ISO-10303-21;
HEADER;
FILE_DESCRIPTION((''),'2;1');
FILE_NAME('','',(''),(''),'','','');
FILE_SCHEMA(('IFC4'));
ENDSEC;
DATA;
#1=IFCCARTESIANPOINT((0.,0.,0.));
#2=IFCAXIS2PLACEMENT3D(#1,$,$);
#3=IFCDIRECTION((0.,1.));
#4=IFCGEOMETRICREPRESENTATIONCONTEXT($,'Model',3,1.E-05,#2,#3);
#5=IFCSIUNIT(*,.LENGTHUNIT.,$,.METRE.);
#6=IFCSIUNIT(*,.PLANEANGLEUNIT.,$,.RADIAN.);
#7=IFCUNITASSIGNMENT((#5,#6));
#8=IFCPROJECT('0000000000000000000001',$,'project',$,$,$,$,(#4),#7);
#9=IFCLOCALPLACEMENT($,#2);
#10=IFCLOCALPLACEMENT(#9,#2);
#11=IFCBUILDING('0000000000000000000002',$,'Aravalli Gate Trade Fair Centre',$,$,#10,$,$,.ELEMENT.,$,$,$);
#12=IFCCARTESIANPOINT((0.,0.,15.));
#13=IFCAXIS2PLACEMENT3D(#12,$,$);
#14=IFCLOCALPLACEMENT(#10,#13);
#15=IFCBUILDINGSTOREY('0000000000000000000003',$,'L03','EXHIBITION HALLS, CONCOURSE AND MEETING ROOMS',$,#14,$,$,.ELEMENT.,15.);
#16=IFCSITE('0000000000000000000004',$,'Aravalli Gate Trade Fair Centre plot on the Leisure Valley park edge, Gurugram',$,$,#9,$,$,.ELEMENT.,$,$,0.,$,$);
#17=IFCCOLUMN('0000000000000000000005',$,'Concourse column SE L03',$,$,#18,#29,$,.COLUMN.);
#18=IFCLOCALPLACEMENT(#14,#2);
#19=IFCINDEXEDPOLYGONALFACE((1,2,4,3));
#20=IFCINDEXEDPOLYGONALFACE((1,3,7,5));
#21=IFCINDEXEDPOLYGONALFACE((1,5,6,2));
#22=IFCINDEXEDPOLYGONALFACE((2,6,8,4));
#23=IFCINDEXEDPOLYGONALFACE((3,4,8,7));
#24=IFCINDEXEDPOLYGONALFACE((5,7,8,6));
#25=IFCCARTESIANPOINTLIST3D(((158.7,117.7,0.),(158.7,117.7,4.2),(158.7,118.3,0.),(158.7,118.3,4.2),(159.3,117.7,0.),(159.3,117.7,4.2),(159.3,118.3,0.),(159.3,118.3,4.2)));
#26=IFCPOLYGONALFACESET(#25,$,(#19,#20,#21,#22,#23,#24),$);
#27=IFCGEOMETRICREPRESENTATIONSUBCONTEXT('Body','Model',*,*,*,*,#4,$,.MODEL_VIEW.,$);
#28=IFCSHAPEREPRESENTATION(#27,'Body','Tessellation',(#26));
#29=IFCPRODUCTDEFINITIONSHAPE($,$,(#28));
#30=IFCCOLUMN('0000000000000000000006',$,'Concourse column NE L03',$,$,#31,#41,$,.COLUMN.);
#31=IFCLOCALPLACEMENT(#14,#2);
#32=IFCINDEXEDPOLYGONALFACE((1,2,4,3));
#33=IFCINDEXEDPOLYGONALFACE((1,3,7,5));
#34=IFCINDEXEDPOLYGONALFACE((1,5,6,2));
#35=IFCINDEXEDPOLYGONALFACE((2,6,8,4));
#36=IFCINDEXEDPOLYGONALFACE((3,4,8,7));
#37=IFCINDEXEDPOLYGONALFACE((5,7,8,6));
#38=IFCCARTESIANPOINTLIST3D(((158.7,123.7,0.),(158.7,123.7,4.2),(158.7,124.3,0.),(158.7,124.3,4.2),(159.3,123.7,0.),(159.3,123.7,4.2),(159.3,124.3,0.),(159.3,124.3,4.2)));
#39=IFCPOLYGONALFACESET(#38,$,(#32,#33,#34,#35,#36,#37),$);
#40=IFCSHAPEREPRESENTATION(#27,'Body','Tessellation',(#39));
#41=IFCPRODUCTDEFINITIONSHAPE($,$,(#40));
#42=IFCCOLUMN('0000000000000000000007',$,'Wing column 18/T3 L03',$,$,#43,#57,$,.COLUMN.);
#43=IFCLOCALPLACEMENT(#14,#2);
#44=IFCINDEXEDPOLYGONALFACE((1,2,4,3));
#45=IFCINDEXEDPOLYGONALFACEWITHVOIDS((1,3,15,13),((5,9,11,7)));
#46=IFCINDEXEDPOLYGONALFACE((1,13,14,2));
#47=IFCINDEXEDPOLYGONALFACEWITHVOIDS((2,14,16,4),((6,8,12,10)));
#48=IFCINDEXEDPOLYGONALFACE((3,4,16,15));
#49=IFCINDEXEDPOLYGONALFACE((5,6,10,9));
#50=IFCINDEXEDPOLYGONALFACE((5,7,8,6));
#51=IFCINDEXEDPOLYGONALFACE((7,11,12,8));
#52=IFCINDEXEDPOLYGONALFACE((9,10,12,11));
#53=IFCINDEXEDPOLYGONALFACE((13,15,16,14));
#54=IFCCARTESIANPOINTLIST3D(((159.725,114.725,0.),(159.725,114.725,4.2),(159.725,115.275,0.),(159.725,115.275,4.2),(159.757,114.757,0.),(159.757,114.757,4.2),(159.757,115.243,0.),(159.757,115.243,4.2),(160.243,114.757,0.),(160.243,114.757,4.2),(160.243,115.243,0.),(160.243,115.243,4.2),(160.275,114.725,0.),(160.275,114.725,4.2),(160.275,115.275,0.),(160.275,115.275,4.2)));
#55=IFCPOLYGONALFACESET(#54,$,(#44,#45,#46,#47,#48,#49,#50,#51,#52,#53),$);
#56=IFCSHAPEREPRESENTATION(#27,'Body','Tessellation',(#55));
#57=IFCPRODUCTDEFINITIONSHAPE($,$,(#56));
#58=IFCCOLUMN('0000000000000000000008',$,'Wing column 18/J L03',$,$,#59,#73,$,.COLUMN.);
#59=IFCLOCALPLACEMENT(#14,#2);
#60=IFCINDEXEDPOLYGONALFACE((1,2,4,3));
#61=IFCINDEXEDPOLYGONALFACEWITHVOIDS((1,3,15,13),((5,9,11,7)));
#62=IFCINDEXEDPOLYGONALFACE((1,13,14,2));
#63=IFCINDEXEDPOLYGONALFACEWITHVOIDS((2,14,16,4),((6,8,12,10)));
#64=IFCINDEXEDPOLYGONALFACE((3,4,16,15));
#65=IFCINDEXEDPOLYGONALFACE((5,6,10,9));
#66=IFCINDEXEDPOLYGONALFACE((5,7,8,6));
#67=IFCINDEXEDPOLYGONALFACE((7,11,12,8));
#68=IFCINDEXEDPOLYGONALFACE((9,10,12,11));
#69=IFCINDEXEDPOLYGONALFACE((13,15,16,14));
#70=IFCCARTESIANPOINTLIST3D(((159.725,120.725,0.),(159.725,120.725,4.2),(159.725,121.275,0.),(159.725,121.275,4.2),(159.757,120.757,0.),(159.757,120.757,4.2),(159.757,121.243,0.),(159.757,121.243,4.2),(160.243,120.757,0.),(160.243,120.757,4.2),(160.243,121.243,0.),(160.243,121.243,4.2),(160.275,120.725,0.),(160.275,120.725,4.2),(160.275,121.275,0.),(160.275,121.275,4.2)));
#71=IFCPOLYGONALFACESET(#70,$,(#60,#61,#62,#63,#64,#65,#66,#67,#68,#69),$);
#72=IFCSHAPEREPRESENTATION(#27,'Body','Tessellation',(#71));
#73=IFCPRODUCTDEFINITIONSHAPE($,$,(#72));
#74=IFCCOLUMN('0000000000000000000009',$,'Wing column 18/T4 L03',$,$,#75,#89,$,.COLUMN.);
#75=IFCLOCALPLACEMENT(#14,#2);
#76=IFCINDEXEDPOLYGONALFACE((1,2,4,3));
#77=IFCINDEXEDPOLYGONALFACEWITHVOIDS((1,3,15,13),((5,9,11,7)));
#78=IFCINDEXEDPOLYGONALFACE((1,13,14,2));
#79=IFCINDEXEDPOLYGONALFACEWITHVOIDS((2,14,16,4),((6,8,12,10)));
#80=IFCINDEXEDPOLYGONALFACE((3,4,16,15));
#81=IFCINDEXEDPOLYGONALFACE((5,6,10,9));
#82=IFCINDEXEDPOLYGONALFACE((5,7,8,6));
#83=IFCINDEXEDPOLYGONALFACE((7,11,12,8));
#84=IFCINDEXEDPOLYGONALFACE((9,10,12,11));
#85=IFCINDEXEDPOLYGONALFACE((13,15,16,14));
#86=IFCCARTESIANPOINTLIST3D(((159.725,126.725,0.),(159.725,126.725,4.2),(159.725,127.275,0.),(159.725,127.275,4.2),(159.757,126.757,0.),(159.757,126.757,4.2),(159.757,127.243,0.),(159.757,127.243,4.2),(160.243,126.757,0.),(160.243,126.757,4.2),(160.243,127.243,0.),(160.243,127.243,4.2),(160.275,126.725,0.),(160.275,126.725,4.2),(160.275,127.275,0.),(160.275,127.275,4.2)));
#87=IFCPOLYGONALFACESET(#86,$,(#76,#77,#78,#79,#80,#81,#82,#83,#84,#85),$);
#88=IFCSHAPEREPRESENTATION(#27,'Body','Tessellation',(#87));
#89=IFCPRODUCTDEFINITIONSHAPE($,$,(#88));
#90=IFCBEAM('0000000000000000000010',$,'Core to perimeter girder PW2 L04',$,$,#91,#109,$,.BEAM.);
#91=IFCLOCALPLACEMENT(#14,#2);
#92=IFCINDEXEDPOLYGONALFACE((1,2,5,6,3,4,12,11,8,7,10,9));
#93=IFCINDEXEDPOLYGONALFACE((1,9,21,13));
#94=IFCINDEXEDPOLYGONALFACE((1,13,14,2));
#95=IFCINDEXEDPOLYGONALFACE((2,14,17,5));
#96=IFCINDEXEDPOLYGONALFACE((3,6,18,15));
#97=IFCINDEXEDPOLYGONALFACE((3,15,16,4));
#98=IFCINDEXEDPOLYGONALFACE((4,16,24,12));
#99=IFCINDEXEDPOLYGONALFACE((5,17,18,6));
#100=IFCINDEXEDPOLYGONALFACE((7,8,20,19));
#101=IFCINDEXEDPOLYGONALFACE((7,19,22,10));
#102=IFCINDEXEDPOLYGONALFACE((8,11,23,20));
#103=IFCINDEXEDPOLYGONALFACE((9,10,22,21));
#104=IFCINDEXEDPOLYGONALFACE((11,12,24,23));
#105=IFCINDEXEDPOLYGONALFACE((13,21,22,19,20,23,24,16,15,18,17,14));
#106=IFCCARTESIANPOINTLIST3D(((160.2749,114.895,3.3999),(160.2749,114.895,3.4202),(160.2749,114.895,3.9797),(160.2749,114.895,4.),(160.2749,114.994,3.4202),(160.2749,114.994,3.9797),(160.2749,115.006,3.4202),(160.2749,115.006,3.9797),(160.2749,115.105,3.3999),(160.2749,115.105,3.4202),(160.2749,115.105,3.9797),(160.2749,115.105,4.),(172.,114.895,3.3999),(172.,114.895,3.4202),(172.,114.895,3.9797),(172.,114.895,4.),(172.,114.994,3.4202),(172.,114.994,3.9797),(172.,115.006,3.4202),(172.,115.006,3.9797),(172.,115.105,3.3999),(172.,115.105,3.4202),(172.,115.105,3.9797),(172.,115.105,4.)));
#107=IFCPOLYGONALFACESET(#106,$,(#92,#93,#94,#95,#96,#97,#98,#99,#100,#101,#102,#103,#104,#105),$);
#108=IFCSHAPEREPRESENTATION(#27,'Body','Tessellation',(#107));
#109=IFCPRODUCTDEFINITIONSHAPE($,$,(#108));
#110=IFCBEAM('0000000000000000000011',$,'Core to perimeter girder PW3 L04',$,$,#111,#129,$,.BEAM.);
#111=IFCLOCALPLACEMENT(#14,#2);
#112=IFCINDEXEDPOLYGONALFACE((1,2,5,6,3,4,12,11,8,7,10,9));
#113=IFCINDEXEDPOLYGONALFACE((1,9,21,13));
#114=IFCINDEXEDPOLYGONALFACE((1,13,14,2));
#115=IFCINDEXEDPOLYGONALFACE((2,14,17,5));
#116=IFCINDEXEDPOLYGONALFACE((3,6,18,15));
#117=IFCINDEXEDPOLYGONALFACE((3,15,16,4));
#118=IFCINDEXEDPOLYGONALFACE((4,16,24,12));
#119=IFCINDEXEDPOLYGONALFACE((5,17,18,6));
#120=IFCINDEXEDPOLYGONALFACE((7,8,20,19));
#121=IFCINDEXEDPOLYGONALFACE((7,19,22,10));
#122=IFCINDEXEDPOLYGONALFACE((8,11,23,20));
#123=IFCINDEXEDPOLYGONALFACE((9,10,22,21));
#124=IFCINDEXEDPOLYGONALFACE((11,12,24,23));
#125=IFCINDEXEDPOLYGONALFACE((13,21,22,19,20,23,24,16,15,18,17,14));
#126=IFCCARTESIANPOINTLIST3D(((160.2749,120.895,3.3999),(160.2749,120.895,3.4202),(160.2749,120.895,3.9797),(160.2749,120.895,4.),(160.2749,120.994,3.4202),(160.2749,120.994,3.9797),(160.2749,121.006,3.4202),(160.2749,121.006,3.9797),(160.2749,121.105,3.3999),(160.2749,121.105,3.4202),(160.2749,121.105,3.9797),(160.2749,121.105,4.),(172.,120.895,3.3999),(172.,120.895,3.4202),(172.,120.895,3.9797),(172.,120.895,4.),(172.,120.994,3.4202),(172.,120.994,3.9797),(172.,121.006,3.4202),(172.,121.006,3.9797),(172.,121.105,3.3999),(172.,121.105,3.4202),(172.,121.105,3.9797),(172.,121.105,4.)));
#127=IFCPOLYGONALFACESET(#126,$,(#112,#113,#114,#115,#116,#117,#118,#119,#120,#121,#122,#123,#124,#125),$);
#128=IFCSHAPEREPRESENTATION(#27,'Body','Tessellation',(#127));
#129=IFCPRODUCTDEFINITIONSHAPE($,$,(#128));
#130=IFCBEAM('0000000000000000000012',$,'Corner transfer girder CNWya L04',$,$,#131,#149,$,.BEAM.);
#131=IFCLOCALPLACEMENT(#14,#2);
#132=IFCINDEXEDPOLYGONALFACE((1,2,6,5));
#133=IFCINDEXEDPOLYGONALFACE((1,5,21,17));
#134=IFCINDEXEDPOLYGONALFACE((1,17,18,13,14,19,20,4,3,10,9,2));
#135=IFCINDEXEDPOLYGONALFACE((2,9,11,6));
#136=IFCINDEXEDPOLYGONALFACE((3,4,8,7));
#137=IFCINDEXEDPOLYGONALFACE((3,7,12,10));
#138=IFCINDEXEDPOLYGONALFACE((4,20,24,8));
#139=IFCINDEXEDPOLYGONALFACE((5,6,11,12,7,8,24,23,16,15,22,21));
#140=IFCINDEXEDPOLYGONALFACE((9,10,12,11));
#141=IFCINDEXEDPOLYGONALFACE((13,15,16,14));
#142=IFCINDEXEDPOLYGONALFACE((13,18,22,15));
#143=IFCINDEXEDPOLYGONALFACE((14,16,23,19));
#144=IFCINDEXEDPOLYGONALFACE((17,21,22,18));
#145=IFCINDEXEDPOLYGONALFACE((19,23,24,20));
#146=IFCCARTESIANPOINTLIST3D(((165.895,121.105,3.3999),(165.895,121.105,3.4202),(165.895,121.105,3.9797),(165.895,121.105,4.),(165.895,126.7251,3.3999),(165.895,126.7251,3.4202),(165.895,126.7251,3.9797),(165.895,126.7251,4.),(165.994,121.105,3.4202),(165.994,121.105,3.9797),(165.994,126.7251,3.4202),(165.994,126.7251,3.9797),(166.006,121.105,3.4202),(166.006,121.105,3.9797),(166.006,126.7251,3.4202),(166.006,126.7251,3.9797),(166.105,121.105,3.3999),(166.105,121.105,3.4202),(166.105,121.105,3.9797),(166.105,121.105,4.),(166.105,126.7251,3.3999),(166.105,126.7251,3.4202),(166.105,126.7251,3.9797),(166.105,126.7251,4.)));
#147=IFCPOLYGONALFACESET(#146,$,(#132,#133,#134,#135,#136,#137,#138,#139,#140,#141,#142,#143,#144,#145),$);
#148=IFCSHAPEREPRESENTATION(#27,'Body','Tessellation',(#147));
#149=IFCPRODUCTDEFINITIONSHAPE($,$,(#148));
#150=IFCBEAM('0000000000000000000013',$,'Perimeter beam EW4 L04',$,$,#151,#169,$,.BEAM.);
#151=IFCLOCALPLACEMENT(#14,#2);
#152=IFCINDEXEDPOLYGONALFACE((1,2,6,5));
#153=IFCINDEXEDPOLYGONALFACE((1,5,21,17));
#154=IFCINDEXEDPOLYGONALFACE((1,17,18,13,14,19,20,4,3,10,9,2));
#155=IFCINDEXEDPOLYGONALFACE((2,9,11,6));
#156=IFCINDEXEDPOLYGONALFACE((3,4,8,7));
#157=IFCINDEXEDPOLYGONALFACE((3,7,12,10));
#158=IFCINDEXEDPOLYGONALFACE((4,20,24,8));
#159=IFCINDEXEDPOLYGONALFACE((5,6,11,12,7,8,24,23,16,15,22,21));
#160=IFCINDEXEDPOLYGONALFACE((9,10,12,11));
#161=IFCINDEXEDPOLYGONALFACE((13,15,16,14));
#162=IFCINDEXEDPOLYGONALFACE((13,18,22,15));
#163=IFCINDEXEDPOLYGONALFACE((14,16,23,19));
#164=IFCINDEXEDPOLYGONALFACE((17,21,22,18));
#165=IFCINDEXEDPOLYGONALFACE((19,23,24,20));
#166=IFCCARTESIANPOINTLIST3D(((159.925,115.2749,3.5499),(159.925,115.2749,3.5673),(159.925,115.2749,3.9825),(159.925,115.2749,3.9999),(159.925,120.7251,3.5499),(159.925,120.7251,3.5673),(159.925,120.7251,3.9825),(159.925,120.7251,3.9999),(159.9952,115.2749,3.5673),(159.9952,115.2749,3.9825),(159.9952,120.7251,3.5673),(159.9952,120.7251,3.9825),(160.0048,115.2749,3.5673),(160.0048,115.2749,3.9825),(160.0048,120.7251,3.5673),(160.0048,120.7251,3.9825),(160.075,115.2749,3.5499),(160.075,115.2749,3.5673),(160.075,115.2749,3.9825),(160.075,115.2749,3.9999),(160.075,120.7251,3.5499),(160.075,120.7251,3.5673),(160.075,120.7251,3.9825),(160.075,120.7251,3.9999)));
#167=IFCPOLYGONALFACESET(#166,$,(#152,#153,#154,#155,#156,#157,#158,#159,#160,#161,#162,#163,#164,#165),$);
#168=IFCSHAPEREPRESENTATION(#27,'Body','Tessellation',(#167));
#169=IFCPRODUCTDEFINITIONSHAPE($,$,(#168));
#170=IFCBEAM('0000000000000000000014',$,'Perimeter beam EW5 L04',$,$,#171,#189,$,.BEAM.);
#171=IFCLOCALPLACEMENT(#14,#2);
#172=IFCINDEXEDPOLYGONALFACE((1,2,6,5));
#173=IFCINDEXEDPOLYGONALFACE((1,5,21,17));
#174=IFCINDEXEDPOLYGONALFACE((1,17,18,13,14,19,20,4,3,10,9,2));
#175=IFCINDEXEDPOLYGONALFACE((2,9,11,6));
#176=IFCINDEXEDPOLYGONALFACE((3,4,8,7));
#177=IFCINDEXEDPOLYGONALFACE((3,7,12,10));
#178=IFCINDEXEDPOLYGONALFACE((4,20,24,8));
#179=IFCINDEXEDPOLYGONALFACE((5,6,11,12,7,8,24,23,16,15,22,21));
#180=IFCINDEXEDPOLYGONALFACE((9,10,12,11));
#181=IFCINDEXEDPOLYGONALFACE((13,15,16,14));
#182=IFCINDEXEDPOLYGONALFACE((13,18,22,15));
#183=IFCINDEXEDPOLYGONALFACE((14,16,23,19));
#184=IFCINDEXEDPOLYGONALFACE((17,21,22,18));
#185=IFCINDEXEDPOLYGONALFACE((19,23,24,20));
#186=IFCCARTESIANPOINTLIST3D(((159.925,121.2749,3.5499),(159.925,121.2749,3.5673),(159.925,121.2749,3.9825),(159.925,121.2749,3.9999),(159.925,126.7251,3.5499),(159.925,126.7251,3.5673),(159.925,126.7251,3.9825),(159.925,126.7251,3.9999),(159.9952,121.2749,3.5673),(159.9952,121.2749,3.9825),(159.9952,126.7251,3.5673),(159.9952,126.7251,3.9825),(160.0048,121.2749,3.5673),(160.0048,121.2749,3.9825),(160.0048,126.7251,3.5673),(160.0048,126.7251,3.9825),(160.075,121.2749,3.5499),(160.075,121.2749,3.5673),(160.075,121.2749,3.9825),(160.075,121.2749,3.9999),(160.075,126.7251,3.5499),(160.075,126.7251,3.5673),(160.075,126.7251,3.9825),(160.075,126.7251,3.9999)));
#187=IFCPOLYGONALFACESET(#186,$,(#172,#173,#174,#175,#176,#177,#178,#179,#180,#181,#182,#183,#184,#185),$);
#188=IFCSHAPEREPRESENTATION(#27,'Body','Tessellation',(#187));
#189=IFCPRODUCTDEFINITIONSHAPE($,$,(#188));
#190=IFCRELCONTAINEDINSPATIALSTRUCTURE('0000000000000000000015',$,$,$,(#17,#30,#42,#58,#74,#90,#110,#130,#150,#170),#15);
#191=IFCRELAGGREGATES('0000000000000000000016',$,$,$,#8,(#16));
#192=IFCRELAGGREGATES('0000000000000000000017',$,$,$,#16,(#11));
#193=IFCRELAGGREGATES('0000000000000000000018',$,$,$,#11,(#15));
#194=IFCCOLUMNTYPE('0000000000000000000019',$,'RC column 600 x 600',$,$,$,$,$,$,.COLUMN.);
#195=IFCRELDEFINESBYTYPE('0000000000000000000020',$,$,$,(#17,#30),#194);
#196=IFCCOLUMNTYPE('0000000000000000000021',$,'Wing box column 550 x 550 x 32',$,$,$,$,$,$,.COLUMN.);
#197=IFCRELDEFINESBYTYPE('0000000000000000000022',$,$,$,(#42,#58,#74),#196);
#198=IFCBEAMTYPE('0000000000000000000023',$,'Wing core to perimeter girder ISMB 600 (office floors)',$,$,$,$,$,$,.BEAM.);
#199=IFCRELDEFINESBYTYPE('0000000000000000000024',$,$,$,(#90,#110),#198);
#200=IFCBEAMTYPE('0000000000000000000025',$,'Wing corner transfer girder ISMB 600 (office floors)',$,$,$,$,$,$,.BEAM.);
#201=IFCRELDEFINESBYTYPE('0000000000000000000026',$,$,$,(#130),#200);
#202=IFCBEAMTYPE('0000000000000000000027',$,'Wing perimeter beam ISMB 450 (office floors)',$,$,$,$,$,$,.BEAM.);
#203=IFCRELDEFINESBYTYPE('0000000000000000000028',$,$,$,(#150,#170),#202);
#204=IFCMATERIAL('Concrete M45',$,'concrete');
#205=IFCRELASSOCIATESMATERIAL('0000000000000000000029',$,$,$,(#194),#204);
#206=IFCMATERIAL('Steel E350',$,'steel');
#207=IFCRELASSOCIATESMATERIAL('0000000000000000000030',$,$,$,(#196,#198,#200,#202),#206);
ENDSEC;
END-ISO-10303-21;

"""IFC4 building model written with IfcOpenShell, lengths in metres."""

from ifc_helpers import new_model, si_unit, direction, frame, origin, origin_2d, place, context, subcontext, project, spatial, rectangle, hollow_rectangle, i_section, extrude, material, material_profile, profile_set, type_object, element, save


model = new_model("IFC4")

# Units and contexts
model_context = context("Model", 3, precision=1e-05, world=origin(), true_north=direction((0.0, 1.0)))
body_context = subcontext(model_context, "Body", "Model", "MODEL_VIEW")
ifc_project = project(units=[si_unit("LENGTHUNIT", "METRE"), si_unit("PLANEANGLEUNIT", "RADIAN")], contexts=[model_context])

# Site, building, storey
site_placement = place(None, origin())
site = spatial("IfcSite", under=ifc_project, at=site_placement, Name="Aravalli Gate Trade Fair Centre plot on the Leisure Valley park edge, Gurugram", CompositionType="ELEMENT", RefElevation=0.0)
building_placement = place(site_placement, origin())
building = spatial("IfcBuilding", under=site, at=building_placement, Name="Aravalli Gate Trade Fair Centre", CompositionType="ELEMENT")
storey_placement = place(building_placement, frame((0.0, 0.0, 15.0)))
storey = spatial("IfcBuildingStorey", under=building, at=storey_placement, Name="L03", Description="EXHIBITION HALLS, CONCOURSE AND MEETING ROOMS", CompositionType="ELEMENT", Elevation=15.0)

# Columns
ifc_material_1 = material(Name="Concrete M45", Category="concrete")
ifc_material_profile_1 = material_profile(ifc_material_1, rectangle(XDim=0.6001, YDim=0.6001, at=origin_2d()), Name="RC column 600 x 600")
ifc_profile_set_1 = profile_set([ifc_material_profile_1], Name="Concrete M45")
column_type_1 = type_object("IfcColumnType", Name="RC column 600 x 600", PredefinedType="COLUMN", material=ifc_profile_set_1)
for number, where, z_axis, x_axis, name in (
    (1, (159.0, 118.0, 0.0), (0.0, 0.0, 1.0), (1.0, 0.0, 0.0), "Concourse column SE L03"),
    (2, (159.0, 124.0, 0.0), (0.0, 0.0, 1.0), (1.0, 0.0, 0.0), "Concourse column NE L03"),
):
    element("IfcColumn", number, at=place(storey_placement, frame(where, z_axis=z_axis, x_axis=x_axis)), inside=storey, type_object=column_type_1, Name=name, PredefinedType="COLUMN", context=body_context, shape_type="SweptSolid", body=[
        extrude(rectangle(XDim=0.6001, YDim=0.6001, at=origin_2d()), origin(), (0.0, 0.0, 1.0), 4.2),
    ])
ifc_material_2 = material(Name="Steel E350", Category="steel")
ifc_material_profile_2 = material_profile(ifc_material_2, hollow_rectangle(XDim=0.55, YDim=0.55, WallThickness=0.032, at=origin_2d()), Name="BOX 550x550x32")
ifc_profile_set_2 = profile_set([ifc_material_profile_2], Name="Steel E350")
column_type_2 = type_object("IfcColumnType", Name="Wing box column 550 x 550 x 32", PredefinedType="COLUMN", material=ifc_profile_set_2)
for number, where, z_axis, x_axis, name in (
    (3, (160.0, 115.0, 0.0), (0.0, 0.0, 1.0), (1.0, 0.0, 0.0), "Wing column 18/T3 L03"),
    (4, (160.0, 121.0, 0.0), (0.0, 0.0, 1.0), (1.0, 0.0, 0.0), "Wing column 18/J L03"),
    (5, (160.0, 127.0, 0.0), (0.0, 0.0, 1.0), (1.0, 0.0, 0.0), "Wing column 18/T4 L03"),
):
    element("IfcColumn", number, at=place(storey_placement, frame(where, z_axis=z_axis, x_axis=x_axis)), inside=storey, type_object=column_type_2, Name=name, PredefinedType="COLUMN", context=body_context, shape_type="SweptSolid", body=[
        extrude(hollow_rectangle(XDim=0.55, YDim=0.55, WallThickness=0.032, at=origin_2d()), origin(), (0.0, 0.0, 1.0), 4.2),
    ])

# Beams
ifc_material_profile_3 = material_profile(ifc_material_2, i_section(OverallWidth=0.21, OverallDepth=0.6001, WebThickness=0.012, FlangeThickness=0.0203, at=origin_2d()), Name="ISMB 600")
ifc_profile_set_3 = profile_set([ifc_material_profile_3], Name="Steel E350")
beam_type_1 = type_object("IfcBeamType", Name="Wing core to perimeter girder ISMB 600 (office floors)", PredefinedType="BEAM", material=ifc_profile_set_3)
for number, where, z_axis, x_axis, name in (
    (6, (160.2749, 115.0, 3.7), (1.0, 0.0, 0.0), (0.0, 1.0, 0.0), "Core to perimeter girder PW2 L04"),
    (7, (160.2749, 121.0, 3.7), (1.0, 0.0, 0.0), (0.0, 1.0, 0.0), "Core to perimeter girder PW3 L04"),
):
    element("IfcBeam", number, at=place(storey_placement, frame(where, z_axis=z_axis, x_axis=x_axis)), inside=storey, type_object=beam_type_1, Name=name, PredefinedType="BEAM", context=body_context, shape_type="SweptSolid", body=[
        extrude(i_section(OverallWidth=0.21, OverallDepth=0.6001, WebThickness=0.012, FlangeThickness=0.0203, at=origin_2d()), origin(), (0.0, 0.0, 1.0), 11.7251),
    ])
ifc_material_profile_4 = material_profile(ifc_material_2, i_section(OverallWidth=0.21, OverallDepth=0.6001, WebThickness=0.012, FlangeThickness=0.0203, at=origin_2d()), Name="ISMB 600")
ifc_profile_set_4 = profile_set([ifc_material_profile_4], Name="Steel E350")
beam_type_2 = type_object("IfcBeamType", Name="Wing corner transfer girder ISMB 600 (office floors)", PredefinedType="BEAM", material=ifc_profile_set_4)
beam_1_placement = place(storey_placement, frame((166.0, 121.105, 3.7), z_axis=(0.0, 1.0, 0.0), x_axis=(-1.0, 0.0, 0.0)))
element("IfcBeam", 8, at=beam_1_placement, inside=storey, type_object=beam_type_2, Name="Corner transfer girder CNWya L04", PredefinedType="BEAM", context=body_context, shape_type="SweptSolid", body=[
    extrude(i_section(OverallWidth=0.21, OverallDepth=0.6001, WebThickness=0.012, FlangeThickness=0.0203, at=origin_2d()), origin(), (0.0, 0.0, 1.0), 5.6201),
])
ifc_material_profile_5 = material_profile(ifc_material_2, i_section(OverallWidth=0.1499, OverallDepth=0.45, WebThickness=0.0095, FlangeThickness=0.0173, at=origin_2d()), Name="ISMB 450")
ifc_profile_set_5 = profile_set([ifc_material_profile_5], Name="Steel E350")
beam_type_3 = type_object("IfcBeamType", Name="Wing perimeter beam ISMB 450 (office floors)", PredefinedType="BEAM", material=ifc_profile_set_5)
for number, where, z_axis, x_axis, name in (
    (9, (160.0, 115.2749, 3.7749), (0.0, 1.0, 0.0), (-1.0, 0.0, 0.0), "Perimeter beam EW4 L04"),
    (10, (160.0, 121.2749, 3.7749), (0.0, 1.0, 0.0), (-1.0, 0.0, 0.0), "Perimeter beam EW5 L04"),
):
    element("IfcBeam", number, at=place(storey_placement, frame(where, z_axis=z_axis, x_axis=x_axis)), inside=storey, type_object=beam_type_3, Name=name, PredefinedType="BEAM", context=body_context, shape_type="SweptSolid", body=[
        extrude(i_section(OverallWidth=0.1499, OverallDepth=0.45, WebThickness=0.0095, FlangeThickness=0.0173, at=origin_2d()), origin(), (0.0, 0.0, 1.0), 5.4502),
    ])

save(model, "model.ifc")
